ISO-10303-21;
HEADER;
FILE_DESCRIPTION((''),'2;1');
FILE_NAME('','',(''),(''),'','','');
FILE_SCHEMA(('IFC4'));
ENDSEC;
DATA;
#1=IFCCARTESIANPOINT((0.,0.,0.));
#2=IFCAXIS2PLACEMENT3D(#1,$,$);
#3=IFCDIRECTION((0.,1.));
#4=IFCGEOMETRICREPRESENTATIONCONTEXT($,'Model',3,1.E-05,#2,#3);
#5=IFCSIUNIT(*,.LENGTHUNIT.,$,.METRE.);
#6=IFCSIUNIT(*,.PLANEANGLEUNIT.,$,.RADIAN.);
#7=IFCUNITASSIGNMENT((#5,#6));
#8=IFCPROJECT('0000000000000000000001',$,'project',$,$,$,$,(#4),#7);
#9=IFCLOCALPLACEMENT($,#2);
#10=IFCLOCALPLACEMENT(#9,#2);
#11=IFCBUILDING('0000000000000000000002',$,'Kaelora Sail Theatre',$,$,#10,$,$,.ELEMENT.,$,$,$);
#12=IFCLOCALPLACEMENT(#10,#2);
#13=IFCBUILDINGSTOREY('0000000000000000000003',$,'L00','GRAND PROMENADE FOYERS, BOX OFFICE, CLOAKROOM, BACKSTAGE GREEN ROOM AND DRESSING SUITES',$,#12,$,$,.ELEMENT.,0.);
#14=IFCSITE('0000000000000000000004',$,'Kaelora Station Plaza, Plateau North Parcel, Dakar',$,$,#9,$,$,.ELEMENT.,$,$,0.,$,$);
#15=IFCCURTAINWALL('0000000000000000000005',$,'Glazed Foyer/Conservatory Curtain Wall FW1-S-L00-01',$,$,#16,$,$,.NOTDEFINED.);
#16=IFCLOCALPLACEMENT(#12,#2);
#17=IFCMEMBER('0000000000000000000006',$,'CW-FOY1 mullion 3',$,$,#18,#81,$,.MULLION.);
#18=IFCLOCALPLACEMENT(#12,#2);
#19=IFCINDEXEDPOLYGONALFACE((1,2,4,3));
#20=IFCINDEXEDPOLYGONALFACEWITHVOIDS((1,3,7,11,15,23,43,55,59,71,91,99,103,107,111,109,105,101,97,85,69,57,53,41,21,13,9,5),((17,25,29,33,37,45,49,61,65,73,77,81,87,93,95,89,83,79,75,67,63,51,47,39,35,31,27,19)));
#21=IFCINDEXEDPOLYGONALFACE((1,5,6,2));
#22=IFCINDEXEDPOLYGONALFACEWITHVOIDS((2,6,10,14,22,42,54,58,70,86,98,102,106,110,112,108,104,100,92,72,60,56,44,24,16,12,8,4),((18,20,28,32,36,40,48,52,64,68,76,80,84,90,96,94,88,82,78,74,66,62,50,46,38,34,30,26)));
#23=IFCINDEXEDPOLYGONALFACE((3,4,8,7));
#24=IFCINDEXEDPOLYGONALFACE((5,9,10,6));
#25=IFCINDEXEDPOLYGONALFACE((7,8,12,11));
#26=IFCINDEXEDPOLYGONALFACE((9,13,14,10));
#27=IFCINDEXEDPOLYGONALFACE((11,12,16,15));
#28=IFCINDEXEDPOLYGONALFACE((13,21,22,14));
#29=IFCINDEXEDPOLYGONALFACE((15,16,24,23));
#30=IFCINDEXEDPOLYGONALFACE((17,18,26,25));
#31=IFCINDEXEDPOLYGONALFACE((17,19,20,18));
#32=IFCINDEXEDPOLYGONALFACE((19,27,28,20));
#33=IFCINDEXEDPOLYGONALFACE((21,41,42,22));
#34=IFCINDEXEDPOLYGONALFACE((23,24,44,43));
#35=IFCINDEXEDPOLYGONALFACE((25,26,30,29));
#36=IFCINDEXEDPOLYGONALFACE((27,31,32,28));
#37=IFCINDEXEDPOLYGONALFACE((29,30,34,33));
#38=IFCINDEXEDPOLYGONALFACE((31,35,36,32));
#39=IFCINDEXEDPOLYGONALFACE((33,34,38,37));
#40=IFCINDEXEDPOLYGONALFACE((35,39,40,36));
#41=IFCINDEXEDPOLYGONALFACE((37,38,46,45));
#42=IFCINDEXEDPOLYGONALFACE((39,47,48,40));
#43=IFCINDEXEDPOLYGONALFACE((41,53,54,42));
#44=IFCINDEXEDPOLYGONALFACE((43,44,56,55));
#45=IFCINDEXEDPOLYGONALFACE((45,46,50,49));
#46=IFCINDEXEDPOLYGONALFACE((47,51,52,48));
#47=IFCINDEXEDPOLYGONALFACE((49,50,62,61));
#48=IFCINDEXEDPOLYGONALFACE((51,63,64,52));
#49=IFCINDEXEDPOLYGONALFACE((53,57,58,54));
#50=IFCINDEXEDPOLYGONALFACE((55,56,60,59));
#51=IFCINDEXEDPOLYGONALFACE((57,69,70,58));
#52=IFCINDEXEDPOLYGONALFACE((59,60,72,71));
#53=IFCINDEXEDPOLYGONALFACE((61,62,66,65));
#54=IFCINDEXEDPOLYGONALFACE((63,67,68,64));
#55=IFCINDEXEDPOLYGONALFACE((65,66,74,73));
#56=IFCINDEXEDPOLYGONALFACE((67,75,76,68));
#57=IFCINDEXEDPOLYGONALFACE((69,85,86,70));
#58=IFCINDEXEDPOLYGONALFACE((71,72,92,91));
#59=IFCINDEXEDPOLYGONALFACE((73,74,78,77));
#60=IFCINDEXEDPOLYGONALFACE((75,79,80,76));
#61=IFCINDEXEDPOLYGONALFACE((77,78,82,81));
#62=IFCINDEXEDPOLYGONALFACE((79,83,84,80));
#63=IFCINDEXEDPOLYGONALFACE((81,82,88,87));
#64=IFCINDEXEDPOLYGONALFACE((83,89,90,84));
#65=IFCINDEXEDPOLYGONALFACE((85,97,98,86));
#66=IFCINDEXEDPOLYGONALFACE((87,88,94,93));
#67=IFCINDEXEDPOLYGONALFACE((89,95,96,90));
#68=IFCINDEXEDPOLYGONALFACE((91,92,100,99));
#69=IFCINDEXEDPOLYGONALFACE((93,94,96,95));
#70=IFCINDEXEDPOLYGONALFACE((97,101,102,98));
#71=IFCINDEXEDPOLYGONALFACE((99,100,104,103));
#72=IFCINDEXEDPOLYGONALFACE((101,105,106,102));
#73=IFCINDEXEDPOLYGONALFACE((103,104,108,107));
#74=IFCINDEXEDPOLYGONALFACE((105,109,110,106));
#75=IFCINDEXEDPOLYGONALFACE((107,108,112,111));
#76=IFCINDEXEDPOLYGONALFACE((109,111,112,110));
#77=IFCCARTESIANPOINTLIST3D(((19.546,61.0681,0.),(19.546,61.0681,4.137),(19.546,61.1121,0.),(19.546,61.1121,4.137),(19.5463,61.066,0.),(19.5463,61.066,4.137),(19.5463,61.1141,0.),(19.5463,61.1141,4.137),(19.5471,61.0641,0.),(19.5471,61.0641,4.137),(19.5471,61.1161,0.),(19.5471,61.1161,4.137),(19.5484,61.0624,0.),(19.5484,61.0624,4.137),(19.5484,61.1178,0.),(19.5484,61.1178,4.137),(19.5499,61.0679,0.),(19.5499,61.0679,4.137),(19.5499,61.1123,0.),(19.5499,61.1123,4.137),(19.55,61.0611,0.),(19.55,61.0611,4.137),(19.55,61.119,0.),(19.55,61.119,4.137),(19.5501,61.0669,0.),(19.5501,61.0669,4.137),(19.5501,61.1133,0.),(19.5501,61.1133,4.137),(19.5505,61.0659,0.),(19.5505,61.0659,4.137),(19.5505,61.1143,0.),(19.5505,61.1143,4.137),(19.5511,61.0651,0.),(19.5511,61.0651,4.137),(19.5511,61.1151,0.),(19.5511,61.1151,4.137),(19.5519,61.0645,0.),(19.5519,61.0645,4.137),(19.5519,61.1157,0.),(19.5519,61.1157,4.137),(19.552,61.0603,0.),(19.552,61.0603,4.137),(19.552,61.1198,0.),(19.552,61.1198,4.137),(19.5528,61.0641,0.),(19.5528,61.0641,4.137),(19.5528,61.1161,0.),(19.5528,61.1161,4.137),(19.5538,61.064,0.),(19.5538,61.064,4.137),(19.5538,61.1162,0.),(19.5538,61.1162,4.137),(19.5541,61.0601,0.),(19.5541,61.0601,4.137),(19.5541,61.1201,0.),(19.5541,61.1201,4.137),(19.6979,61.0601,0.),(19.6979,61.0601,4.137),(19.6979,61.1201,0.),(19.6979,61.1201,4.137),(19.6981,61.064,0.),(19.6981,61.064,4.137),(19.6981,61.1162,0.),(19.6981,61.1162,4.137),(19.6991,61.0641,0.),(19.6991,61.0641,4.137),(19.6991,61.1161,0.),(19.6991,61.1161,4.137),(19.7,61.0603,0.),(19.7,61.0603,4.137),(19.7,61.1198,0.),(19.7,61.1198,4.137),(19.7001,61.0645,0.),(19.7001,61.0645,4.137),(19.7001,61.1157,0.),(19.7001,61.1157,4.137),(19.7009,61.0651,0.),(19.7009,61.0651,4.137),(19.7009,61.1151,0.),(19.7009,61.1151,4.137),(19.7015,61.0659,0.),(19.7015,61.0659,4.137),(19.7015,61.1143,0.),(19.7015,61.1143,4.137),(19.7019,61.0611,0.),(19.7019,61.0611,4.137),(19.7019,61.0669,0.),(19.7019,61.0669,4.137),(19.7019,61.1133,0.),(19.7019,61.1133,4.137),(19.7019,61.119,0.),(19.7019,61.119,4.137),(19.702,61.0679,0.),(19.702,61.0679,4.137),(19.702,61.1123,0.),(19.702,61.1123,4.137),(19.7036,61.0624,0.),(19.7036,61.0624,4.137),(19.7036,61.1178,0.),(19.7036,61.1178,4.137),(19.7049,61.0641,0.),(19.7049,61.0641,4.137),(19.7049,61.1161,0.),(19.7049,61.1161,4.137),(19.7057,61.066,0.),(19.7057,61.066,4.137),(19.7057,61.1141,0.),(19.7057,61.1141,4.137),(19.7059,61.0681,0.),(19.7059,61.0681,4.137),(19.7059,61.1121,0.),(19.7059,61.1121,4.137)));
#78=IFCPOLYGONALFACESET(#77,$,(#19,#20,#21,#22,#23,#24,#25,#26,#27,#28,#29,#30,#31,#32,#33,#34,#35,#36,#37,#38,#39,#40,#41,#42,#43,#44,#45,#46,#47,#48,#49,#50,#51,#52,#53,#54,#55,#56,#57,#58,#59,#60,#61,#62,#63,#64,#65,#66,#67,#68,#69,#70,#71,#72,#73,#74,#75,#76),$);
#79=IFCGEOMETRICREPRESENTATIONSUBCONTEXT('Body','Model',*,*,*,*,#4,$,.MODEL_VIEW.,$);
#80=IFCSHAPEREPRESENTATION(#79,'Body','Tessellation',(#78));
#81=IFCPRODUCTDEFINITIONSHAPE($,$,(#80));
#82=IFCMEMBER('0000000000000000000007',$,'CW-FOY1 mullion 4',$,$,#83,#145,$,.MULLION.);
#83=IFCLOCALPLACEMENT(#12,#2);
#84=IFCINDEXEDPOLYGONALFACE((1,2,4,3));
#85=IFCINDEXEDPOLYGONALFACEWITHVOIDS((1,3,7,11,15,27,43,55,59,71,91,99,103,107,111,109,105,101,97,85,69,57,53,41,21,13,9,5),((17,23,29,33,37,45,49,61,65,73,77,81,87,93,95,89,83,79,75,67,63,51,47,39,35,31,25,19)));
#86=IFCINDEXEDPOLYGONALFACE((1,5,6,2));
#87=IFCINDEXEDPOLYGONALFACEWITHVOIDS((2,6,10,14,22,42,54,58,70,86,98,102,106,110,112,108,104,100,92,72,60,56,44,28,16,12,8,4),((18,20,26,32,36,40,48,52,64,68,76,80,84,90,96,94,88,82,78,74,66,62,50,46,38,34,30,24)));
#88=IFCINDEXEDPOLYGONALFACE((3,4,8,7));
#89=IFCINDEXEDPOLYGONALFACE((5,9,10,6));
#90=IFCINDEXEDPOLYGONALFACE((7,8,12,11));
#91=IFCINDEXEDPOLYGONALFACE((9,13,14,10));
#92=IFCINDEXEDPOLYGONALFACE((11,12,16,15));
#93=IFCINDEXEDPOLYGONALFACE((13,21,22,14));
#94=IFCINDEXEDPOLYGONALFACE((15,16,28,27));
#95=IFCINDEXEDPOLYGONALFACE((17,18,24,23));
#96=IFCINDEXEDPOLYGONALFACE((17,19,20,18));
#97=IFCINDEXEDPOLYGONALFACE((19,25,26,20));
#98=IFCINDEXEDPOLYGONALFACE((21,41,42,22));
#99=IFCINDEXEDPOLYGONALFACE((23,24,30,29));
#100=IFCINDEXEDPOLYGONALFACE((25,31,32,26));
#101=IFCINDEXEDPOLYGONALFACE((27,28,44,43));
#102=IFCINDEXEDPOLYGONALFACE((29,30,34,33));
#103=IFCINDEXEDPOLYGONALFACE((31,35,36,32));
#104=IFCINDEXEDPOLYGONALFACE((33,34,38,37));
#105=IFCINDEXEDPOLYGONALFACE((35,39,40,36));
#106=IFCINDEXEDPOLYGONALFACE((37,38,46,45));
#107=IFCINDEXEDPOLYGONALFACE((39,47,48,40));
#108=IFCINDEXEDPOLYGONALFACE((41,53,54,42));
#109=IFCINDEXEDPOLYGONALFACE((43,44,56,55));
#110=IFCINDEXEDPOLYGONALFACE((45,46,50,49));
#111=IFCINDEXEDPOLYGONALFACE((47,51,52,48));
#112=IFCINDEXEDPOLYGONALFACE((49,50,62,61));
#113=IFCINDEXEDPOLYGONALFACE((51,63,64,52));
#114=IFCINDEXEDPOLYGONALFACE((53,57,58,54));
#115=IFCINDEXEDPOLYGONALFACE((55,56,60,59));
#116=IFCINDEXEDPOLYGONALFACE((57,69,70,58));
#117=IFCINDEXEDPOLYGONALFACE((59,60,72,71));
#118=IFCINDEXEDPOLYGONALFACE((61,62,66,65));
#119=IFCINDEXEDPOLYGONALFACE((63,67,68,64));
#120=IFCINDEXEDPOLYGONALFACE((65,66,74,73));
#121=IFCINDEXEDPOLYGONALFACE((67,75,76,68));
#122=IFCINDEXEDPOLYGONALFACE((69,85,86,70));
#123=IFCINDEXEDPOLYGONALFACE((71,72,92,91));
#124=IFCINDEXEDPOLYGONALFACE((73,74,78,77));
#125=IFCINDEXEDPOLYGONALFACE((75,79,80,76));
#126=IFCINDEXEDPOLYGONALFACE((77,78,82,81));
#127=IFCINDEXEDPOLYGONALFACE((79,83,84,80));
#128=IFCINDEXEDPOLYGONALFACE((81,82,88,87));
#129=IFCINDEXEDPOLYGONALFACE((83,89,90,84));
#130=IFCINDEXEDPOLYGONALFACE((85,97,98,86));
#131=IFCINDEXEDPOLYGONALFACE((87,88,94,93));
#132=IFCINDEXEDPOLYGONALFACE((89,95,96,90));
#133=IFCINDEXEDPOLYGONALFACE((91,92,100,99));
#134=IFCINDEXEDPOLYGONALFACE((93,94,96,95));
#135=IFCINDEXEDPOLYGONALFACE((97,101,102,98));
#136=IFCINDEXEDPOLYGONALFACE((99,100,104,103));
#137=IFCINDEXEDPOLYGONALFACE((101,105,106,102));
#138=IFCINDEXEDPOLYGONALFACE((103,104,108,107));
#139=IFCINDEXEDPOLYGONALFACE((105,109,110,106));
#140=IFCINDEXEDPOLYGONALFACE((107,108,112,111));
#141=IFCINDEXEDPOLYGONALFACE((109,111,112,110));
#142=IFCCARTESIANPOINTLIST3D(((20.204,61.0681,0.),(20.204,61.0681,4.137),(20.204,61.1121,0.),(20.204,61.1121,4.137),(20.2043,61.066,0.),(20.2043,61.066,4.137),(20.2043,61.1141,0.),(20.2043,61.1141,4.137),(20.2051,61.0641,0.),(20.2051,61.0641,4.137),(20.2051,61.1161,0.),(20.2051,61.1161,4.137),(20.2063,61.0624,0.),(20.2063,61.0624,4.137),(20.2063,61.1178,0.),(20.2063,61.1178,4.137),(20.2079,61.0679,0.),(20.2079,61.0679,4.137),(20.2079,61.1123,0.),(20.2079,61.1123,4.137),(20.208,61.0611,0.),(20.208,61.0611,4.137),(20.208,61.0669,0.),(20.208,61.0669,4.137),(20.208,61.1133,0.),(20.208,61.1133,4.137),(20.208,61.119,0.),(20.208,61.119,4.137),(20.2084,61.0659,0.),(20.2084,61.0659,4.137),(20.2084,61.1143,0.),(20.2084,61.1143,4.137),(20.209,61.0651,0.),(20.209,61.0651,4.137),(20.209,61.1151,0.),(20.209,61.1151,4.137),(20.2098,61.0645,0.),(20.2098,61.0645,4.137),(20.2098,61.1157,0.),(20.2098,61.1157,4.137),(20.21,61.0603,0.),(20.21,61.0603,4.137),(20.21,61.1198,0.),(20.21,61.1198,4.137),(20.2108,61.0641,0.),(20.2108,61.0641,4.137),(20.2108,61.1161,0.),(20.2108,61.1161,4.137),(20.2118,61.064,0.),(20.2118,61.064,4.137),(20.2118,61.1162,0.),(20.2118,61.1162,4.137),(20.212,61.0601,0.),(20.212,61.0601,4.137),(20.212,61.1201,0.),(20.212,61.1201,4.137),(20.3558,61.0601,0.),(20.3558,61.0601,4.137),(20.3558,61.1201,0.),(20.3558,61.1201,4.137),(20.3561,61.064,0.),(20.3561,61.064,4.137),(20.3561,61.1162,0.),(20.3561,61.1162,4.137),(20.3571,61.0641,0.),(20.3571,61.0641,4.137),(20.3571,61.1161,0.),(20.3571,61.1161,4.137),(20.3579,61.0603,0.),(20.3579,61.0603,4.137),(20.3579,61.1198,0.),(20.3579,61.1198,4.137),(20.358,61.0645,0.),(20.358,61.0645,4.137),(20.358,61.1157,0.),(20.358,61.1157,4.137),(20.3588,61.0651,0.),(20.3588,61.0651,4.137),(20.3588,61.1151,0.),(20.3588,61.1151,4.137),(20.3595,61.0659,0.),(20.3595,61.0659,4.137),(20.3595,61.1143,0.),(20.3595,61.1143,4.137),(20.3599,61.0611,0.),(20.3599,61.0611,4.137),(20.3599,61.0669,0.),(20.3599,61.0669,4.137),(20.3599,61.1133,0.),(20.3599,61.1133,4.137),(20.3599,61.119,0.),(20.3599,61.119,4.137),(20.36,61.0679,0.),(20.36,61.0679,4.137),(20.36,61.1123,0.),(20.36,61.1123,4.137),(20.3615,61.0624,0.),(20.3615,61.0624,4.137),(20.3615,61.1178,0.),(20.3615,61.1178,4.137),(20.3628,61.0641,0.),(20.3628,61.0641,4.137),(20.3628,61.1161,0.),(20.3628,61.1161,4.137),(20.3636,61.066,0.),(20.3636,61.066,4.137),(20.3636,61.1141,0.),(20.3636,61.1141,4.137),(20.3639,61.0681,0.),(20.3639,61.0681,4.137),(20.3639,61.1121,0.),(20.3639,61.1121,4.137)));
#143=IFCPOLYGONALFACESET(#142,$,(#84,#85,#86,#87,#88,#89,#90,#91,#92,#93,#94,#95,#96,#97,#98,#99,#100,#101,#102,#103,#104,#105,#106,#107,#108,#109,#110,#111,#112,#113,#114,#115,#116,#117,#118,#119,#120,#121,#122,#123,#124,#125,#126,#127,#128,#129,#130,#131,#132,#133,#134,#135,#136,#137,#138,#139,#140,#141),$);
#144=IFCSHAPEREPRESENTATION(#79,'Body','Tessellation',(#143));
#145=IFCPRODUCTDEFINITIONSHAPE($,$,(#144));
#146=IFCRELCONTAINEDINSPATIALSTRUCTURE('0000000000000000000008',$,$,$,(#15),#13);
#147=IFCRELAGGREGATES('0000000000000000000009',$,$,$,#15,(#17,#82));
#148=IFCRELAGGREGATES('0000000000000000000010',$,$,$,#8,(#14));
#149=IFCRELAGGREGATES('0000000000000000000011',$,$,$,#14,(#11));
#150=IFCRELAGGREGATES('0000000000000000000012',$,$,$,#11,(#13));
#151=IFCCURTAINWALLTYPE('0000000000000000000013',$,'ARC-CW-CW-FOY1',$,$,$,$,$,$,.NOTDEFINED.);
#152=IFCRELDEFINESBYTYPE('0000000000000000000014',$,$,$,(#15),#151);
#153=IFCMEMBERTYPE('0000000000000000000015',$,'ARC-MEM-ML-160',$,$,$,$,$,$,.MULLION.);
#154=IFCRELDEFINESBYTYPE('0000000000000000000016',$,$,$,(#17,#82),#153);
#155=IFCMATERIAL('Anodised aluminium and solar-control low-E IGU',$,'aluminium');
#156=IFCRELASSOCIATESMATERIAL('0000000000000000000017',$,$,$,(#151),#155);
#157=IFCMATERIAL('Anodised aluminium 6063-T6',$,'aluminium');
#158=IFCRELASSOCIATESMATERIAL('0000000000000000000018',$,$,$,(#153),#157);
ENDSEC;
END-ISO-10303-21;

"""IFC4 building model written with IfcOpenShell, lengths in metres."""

from ifc_helpers import new_model, si_unit, direction, frame, origin, origin_2d, place, context, subcontext, project, spatial, hollow_rectangle, extrude, material, material_profile, profile_set, type_object, element, aggregate, save


model = new_model("IFC4")

# Units and contexts
model_context = context("Model", 3, precision=1e-05, world=origin(), true_north=direction((0.0, 1.0)))
body_context = subcontext(model_context, "Body", "Model", "MODEL_VIEW")
ifc_project = project(units=[si_unit("LENGTHUNIT", "METRE"), si_unit("PLANEANGLEUNIT", "RADIAN")], contexts=[model_context])

# Site, building, storey
site_placement = place(None, origin())
site = spatial("IfcSite", under=ifc_project, at=site_placement, Name="Kaelora Station Plaza, Plateau North Parcel, Dakar", CompositionType="ELEMENT", RefElevation=0.0)
building_placement = place(site_placement, origin())
building = spatial("IfcBuilding", under=site, at=building_placement, Name="Kaelora Sail Theatre", CompositionType="ELEMENT")
storey_placement = place(building_placement, origin())
storey = spatial("IfcBuildingStorey", under=building, at=storey_placement, Name="L00", Description="GRAND PROMENADE FOYERS, BOX OFFICE, CLOAKROOM, BACKSTAGE GREEN ROOM AND DRESSING SUITES", CompositionType="ELEMENT", Elevation=0.0)

# Curtain wall, members
ifc_material_1 = material(Name="Anodised aluminium and solar-control low-E IGU", Category="aluminium")
curtain_wall_type = type_object("IfcCurtainWallType", Name="ARC-CW-CW-FOY1", PredefinedType="NOTDEFINED", material=ifc_material_1)
curtain_wall_placement = place(storey_placement, origin())
curtain_wall = element("IfcCurtainWall", 1, at=curtain_wall_placement, inside=storey, type_object=curtain_wall_type, Name="Glazed Foyer/Conservatory Curtain Wall FW1-S-L00-01", PredefinedType="NOTDEFINED")
ifc_material_2 = material(Name="Anodised aluminium 6063-T6", Category="aluminium")
ifc_material_profile_1 = material_profile(ifc_material_2, hollow_rectangle(XDim=0.0601, YDim=0.1599, WallThickness=0.0039, InnerFilletRadius=0.0039, OuterFilletRadius=0.0081, at=origin_2d()), Name="ALU-MULL 60x160x4")
ifc_profile_set_1 = profile_set([ifc_material_profile_1], Name="Anodised aluminium 6063-T6")
member_type_1 = type_object("IfcMemberType", Name="ARC-MEM-ML-160", PredefinedType="MULLION", material=ifc_profile_set_1)
member_1_placement = place(storey_placement, frame((19.626, 61.0901, 0.0), z_axis=(0.0, 0.0, 1.0), x_axis=(0.0, 1.0, 0.0)))
member_1 = element("IfcMember", 2, at=member_1_placement, type_object=member_type_1, Name="CW-FOY1 mullion 3", PredefinedType="MULLION", context=body_context, shape_type="SweptSolid", body=[
    extrude(hollow_rectangle(XDim=0.0601, YDim=0.1599, WallThickness=0.0039, InnerFilletRadius=0.0039, OuterFilletRadius=0.0081, at=origin_2d()), origin(), (0.0, 0.0, 1.0), 4.137),
])
member_2_placement = place(storey_placement, frame((20.2839, 61.0901, 0.0), z_axis=(0.0, 0.0, 1.0), x_axis=(0.0, 1.0, 0.0)))
member_2 = element("IfcMember", 3, at=member_2_placement, type_object=member_type_1, Name="CW-FOY1 mullion 4", PredefinedType="MULLION", context=body_context, shape_type="SweptSolid", body=[
    extrude(hollow_rectangle(XDim=0.0601, YDim=0.1599, WallThickness=0.0039, InnerFilletRadius=0.0039, OuterFilletRadius=0.0081, at=origin_2d()), origin(), (0.0, 0.0, 1.0), 4.137),
])

aggregate(curtain_wall, [member_1, member_2])

save(model, "model.ifc")
